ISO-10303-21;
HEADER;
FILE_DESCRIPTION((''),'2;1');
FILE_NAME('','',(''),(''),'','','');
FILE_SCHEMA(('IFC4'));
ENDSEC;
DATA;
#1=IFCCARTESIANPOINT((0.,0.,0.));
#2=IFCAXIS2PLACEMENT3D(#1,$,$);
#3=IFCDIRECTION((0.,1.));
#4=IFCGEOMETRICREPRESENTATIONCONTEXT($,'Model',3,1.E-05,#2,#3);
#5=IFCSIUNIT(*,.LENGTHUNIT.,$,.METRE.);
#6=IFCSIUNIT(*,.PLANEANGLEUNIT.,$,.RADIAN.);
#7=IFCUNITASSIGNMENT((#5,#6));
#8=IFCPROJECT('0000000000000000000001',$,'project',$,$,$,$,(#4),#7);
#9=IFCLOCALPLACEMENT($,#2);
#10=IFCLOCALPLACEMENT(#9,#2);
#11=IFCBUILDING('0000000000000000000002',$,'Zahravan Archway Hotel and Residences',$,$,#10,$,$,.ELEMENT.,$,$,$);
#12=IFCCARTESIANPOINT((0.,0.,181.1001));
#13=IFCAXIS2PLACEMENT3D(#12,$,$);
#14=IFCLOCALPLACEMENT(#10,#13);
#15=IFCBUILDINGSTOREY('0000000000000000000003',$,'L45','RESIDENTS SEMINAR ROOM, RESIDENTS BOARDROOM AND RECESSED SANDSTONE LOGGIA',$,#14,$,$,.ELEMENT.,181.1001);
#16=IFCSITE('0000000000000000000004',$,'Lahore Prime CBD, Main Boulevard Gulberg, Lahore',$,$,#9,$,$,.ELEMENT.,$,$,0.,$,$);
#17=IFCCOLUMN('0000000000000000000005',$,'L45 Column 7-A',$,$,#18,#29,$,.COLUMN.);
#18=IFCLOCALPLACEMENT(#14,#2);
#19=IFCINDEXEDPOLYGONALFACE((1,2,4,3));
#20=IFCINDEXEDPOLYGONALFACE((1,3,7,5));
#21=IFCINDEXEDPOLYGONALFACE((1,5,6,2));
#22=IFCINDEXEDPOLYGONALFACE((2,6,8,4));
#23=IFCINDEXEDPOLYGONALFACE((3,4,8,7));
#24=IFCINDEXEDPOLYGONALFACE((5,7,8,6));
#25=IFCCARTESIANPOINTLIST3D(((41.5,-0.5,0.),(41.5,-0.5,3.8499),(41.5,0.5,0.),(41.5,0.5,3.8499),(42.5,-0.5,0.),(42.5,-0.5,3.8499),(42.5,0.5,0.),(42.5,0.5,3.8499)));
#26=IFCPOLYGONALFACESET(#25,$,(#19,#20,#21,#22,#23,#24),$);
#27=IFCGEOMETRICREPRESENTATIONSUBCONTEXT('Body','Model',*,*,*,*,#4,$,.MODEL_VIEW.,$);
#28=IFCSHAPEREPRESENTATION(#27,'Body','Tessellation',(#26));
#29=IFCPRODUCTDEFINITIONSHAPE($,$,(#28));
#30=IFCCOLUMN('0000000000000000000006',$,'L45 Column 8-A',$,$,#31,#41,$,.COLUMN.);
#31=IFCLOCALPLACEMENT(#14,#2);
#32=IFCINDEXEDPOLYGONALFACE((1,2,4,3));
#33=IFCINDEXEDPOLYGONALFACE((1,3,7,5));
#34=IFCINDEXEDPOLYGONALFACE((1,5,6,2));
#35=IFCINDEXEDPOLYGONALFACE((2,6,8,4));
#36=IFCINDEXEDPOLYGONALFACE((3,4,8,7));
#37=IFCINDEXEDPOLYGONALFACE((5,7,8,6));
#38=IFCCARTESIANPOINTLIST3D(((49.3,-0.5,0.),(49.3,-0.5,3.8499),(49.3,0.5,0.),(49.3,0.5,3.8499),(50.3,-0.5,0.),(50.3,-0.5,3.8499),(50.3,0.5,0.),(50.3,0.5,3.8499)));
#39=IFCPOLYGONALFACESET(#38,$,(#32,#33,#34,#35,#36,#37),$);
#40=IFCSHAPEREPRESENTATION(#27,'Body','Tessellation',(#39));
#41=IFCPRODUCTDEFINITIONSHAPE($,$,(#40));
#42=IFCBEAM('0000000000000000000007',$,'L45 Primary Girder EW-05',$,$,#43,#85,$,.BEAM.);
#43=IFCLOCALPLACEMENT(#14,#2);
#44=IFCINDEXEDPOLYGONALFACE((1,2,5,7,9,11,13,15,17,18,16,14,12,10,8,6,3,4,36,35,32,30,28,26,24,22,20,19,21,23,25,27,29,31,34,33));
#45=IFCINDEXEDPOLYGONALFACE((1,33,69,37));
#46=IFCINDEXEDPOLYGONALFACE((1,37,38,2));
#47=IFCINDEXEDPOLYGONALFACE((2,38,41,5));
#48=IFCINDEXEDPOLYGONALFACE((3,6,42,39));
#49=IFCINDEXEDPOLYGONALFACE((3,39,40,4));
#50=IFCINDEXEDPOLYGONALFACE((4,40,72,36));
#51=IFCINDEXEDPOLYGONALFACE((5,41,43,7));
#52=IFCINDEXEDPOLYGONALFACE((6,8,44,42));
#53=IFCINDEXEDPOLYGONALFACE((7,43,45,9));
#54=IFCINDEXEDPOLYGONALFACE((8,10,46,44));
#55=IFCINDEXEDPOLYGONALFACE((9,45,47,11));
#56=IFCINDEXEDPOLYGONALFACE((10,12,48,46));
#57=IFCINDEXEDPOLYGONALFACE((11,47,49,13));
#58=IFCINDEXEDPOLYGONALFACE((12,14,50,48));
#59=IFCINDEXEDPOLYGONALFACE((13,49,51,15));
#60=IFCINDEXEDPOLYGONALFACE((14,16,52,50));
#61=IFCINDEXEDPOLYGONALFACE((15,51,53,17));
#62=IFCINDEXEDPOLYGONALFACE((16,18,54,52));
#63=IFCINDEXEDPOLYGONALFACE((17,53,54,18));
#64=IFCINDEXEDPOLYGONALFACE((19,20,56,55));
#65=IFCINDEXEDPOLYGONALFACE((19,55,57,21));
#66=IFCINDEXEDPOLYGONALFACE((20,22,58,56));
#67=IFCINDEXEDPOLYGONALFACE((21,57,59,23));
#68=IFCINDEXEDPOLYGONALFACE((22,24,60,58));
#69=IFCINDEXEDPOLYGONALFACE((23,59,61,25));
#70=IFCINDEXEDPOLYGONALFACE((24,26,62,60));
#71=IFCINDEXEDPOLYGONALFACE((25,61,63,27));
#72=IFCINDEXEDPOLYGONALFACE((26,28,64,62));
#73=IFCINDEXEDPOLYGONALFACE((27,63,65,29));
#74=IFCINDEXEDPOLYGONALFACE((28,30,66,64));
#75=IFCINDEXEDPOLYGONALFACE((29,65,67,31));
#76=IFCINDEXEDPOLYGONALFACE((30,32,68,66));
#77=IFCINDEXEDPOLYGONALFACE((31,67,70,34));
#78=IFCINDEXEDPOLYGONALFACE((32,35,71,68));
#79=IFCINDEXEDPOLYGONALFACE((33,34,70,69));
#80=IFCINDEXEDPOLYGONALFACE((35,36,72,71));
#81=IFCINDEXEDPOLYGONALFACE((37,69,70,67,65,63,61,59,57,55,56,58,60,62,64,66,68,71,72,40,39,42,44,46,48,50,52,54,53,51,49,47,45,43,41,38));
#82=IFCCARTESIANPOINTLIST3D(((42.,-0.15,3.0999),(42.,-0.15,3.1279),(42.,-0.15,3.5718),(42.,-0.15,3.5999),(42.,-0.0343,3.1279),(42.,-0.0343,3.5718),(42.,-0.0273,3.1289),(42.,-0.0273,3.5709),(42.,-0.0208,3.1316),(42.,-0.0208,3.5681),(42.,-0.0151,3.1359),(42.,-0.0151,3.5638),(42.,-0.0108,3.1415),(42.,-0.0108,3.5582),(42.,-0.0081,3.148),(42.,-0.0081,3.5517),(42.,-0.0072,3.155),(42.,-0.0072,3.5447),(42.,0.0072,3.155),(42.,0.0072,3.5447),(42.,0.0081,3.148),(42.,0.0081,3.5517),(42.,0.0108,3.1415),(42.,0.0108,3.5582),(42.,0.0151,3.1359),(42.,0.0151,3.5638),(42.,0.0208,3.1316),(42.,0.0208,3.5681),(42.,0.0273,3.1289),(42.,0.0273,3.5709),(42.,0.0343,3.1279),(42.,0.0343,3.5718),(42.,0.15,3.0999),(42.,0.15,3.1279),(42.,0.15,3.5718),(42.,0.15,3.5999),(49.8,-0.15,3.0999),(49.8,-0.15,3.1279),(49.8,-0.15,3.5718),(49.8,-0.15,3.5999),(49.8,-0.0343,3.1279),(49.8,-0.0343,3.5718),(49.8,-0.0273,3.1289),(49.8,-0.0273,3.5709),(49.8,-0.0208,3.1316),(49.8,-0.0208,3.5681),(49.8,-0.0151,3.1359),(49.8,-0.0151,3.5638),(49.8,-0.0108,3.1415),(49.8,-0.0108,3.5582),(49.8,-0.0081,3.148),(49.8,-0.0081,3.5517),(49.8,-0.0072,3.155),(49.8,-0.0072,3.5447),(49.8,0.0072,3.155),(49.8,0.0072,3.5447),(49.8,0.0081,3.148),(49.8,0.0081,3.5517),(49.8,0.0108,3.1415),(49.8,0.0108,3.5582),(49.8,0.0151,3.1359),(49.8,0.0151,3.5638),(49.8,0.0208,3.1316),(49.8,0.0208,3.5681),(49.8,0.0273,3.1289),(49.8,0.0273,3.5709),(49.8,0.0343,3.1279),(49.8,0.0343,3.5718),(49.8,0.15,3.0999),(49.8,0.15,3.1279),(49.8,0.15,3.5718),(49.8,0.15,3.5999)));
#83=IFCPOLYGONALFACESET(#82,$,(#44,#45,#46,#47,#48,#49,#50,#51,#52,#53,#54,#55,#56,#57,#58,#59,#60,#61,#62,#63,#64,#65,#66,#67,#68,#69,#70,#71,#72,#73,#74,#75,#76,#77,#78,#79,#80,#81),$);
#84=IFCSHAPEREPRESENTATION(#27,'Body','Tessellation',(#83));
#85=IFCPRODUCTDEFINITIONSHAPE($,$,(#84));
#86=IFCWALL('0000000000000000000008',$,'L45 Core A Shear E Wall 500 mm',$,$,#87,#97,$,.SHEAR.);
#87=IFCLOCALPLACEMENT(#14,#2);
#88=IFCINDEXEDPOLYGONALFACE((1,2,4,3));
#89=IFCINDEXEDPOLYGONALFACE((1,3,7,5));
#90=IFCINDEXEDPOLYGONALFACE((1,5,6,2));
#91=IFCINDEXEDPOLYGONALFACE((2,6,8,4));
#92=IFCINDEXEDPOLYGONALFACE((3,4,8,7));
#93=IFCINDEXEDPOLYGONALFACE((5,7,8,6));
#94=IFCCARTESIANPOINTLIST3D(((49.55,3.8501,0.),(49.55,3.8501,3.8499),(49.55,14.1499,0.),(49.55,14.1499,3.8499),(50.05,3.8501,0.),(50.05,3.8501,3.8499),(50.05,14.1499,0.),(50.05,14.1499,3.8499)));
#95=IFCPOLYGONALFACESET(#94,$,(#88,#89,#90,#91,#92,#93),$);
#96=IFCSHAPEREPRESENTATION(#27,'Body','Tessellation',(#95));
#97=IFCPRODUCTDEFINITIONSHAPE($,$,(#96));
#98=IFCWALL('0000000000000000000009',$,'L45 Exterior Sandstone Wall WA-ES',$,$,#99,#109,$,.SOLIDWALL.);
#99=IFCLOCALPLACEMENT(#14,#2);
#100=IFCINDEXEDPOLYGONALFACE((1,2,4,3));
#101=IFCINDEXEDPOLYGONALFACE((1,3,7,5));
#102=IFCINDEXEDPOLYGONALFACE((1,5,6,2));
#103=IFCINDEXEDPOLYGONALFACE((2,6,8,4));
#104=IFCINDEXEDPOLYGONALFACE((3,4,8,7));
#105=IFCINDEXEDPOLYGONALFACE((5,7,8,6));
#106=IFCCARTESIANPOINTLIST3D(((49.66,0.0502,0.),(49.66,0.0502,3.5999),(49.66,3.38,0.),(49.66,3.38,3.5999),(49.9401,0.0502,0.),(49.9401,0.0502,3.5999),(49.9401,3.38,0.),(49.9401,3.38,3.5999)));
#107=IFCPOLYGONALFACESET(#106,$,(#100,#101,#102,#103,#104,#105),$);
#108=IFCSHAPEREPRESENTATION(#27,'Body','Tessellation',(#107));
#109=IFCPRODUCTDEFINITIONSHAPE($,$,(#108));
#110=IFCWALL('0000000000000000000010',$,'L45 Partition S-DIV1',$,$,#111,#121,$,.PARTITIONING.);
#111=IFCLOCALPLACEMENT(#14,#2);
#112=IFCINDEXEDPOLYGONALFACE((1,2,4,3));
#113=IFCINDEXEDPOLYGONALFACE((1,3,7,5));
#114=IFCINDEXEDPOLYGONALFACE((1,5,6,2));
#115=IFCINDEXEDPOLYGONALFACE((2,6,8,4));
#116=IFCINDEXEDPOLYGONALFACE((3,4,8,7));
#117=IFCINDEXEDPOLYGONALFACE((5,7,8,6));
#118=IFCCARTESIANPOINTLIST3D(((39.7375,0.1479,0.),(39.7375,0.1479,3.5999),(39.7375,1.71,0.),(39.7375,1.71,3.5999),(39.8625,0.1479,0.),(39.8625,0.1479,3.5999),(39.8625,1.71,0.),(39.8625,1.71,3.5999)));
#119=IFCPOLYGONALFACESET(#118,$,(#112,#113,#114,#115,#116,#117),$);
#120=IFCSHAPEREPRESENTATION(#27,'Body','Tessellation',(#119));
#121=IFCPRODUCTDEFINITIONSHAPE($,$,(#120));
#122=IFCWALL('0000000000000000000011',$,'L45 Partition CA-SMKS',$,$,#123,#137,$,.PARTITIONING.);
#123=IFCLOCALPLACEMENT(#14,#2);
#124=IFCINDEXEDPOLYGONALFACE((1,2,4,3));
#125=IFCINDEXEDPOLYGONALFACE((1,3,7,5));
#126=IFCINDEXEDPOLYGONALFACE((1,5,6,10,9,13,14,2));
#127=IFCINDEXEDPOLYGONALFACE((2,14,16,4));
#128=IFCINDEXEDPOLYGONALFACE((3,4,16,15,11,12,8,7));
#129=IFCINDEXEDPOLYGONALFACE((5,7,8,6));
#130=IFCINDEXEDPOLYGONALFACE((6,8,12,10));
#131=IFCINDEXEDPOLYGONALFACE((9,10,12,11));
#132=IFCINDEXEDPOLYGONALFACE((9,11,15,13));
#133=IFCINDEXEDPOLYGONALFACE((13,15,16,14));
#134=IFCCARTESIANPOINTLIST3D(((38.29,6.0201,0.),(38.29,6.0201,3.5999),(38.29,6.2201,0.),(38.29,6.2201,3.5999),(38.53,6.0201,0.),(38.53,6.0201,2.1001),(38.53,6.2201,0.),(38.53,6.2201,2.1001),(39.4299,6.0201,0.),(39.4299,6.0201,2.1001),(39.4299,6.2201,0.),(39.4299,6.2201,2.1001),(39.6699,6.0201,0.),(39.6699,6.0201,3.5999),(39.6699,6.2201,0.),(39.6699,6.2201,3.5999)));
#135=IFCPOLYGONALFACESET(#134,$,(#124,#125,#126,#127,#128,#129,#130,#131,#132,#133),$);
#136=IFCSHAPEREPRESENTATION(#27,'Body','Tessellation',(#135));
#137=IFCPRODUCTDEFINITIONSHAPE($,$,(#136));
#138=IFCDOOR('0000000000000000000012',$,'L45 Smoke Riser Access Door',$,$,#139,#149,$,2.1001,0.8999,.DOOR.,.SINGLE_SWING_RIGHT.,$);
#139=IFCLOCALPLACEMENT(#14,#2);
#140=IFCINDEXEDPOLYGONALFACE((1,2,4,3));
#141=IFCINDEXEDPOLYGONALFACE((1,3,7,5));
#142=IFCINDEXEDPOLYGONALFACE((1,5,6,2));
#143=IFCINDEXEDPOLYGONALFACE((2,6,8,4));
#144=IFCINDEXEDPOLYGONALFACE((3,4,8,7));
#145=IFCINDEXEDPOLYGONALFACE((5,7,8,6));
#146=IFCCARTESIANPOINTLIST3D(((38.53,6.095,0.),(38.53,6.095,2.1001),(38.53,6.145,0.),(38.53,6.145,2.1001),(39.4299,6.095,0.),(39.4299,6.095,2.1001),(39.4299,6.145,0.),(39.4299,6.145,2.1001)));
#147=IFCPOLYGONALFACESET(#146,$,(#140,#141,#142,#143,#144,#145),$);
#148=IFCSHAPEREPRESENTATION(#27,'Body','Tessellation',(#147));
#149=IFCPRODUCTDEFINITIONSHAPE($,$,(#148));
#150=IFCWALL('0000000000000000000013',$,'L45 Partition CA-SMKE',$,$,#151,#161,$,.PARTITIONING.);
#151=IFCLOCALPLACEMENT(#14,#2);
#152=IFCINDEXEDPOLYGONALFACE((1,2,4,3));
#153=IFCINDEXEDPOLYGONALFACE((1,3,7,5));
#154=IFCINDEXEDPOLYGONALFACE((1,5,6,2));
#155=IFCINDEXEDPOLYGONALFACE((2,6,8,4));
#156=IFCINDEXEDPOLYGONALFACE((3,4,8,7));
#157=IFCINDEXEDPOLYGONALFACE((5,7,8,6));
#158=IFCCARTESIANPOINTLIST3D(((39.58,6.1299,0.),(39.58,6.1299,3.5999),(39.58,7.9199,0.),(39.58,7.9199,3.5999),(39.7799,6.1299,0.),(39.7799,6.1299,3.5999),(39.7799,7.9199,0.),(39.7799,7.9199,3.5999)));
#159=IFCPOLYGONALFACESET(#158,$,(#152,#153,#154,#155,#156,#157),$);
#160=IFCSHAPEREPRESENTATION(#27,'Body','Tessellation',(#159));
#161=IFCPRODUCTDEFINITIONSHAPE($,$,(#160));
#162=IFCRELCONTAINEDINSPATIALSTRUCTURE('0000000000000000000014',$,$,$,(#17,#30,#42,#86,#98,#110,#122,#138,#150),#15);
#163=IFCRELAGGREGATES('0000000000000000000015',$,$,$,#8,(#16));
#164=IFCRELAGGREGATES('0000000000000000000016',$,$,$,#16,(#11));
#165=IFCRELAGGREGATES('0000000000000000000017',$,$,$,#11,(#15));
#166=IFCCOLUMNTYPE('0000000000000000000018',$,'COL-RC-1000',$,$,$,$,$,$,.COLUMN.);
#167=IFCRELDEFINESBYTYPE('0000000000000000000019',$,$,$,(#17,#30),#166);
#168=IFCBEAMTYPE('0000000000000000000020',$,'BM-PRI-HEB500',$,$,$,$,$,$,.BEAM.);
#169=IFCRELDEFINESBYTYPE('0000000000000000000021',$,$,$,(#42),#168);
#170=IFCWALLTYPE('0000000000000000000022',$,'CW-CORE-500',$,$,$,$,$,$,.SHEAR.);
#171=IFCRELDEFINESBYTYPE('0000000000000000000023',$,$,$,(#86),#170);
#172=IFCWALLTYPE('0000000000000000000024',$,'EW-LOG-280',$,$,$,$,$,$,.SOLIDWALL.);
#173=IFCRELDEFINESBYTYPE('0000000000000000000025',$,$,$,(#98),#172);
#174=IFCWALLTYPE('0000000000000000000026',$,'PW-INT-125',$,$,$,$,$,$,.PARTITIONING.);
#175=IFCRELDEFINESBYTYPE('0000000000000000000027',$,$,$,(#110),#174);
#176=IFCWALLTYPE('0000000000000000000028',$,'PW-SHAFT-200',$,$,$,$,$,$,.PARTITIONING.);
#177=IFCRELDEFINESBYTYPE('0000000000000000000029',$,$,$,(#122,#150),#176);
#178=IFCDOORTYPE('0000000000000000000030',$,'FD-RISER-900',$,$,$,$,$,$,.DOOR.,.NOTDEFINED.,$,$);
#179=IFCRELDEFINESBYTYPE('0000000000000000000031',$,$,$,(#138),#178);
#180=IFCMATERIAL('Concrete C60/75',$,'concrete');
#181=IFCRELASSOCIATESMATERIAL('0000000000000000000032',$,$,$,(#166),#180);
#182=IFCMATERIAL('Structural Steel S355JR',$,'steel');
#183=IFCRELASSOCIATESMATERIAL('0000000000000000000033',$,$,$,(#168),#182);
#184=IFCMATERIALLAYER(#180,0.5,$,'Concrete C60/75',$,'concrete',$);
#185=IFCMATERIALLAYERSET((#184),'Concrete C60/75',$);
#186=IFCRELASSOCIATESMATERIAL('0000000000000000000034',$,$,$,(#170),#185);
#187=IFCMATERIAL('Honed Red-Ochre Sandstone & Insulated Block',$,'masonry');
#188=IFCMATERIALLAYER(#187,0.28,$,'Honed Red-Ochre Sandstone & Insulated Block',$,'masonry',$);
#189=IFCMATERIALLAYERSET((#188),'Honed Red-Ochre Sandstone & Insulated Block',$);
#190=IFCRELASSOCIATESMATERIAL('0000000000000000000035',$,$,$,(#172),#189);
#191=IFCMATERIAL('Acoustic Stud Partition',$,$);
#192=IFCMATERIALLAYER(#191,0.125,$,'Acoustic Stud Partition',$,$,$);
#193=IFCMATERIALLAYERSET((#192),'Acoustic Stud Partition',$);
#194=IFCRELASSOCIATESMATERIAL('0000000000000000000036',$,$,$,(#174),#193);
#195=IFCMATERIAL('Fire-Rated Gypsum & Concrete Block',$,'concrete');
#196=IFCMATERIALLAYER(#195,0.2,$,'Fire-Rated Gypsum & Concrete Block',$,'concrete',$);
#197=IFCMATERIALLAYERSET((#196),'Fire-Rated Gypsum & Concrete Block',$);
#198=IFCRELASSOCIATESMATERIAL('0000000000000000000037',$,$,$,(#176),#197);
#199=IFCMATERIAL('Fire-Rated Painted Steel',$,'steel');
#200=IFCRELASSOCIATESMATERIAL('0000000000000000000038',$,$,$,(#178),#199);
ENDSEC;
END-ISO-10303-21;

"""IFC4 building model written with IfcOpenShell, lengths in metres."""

from ifc_helpers import new_model, si_unit, direction, frame, frame_2d, origin, origin_2d, place, context, subcontext, project, spatial, rectangle, i_section, extrude, source, transform, mapped, material, layer, layer_set, material_profile, profile_set, type_object, type_shapes, element, fill, save


model = new_model("IFC4")

# Units and contexts
model_context = context("Model", 3, precision=1e-05, world=origin(), true_north=direction((0.0, 1.0)))
body_context = subcontext(model_context, "Body", "Model", "MODEL_VIEW")
ifc_project = project(units=[si_unit("LENGTHUNIT", "METRE"), si_unit("PLANEANGLEUNIT", "RADIAN")], contexts=[model_context])

# Site, building, storey
site_placement = place(None, origin())
site = spatial("IfcSite", under=ifc_project, at=site_placement, Name="Lahore Prime CBD, Main Boulevard Gulberg, Lahore", CompositionType="ELEMENT", RefElevation=0.0)
building_placement = place(site_placement, origin())
building = spatial("IfcBuilding", under=site, at=building_placement, Name="Zahravan Archway Hotel and Residences", CompositionType="ELEMENT")
storey_placement = place(building_placement, frame((0.0, 0.0, 181.1001)))
storey = spatial("IfcBuildingStorey", under=building, at=storey_placement, Name="L45", Description="RESIDENTS SEMINAR ROOM, RESIDENTS BOARDROOM AND RECESSED SANDSTONE LOGGIA", CompositionType="ELEMENT", Elevation=181.1001)

# Columns
ifc_material_1 = material(Name="Concrete C60/75", Category="concrete")
ifc_material_profile_1 = material_profile(ifc_material_1, rectangle(XDim=1.0, YDim=1.0, at=origin_2d()), Name="RC-COL-1000x1000", Category="concrete")
ifc_profile_set_1 = profile_set([ifc_material_profile_1], Name="Concrete C60/75")
column_type = type_object("IfcColumnType", Name="COL-RC-1000", PredefinedType="COLUMN", material=ifc_profile_set_1)
shared_shape_1 = source(origin(), body_context, "Body", "SweptSolid", [
    extrude(rectangle(XDim=1.0, YDim=1.0, at=origin_2d()), origin(), (0.0, 0.0, 1.0), 3.8499),
])
for number, where, z_axis, x_axis, name in (
    (1, (42.0, 0.0, 0.0), (0.0, 0.0, 1.0), (1.0, 0.0, 0.0), "L45 Column 7-A"),
    (2, (49.8, 0.0, 0.0), (0.0, 0.0, 1.0), (1.0, 0.0, 0.0), "L45 Column 8-A"),
):
    element("IfcColumn", number, at=place(storey_placement, frame(where, z_axis=z_axis, x_axis=x_axis)), inside=storey, type_object=column_type, Name=name, PredefinedType="COLUMN", context=body_context, shape_type="MappedRepresentation", body=[
        mapped(shared_shape_1, transform((0.0, 0.0, 0.0), scale=1.0)),
    ])

# Beam
ifc_material_2 = material(Name="Structural Steel S355JR", Category="steel")
ifc_material_profile_2 = material_profile(ifc_material_2, i_section(OverallWidth=0.3, OverallDepth=0.5, WebThickness=0.0144, FlangeThickness=0.0281, FilletRadius=0.0271, at=origin_2d()), Name="HEB 500", Category="steel")
ifc_profile_set_2 = profile_set([ifc_material_profile_2], Name="Structural Steel S355JR")
beam_type = type_object("IfcBeamType", Name="BM-PRI-HEB500", PredefinedType="BEAM", material=ifc_profile_set_2)
shared_shape_2 = source(origin(), body_context, "Body", "SweptSolid", [
    extrude(i_section(OverallWidth=0.3, OverallDepth=0.5, WebThickness=0.0144, FlangeThickness=0.0281, FilletRadius=0.0271, at=origin_2d()), origin(), (0.0, 0.0, 1.0), 7.8),
])
beam_placement = place(storey_placement, frame((42.0, 0.0, 3.3499), z_axis=(1.0, 0.0, 0.0), x_axis=(0.0, 1.0, 0.0)))
element("IfcBeam", 3, at=beam_placement, inside=storey, type_object=beam_type, Name="L45 Primary Girder EW-05", PredefinedType="BEAM", context=body_context, shape_type="MappedRepresentation", body=[
    mapped(shared_shape_2, transform((0.0, 0.0, 0.0), scale=1.0)),
])

# Walls
ifc_layer_1 = layer(ifc_material_1, 0.5, Name="Concrete C60/75", Category="concrete")
ifc_layer_set_1 = layer_set([ifc_layer_1], Name="Concrete C60/75")
wall_type_1 = type_object("IfcWallType", Name="CW-CORE-500", PredefinedType="SHEAR", material=ifc_layer_set_1)
wall_1_placement = place(storey_placement, frame((49.8, 3.8501, 0.0), z_axis=(0.0, 0.0, 1.0), x_axis=(0.0, 1.0, 0.0)))
element("IfcWall", 4, at=wall_1_placement, inside=storey, type_object=wall_type_1, Name="L45 Core A Shear E Wall 500 mm", PredefinedType="SHEAR", context=body_context, shape_type="SweptSolid", body=[
    extrude(rectangle(XDim=10.2998, YDim=0.5, at=frame_2d((5.1499, 0.0))), origin(), (0.0, 0.0, 1.0), 3.8499),
])
ifc_material_3 = material(Name="Honed Red-Ochre Sandstone & Insulated Block", Category="masonry")
ifc_layer_2 = layer(ifc_material_3, 0.28, Name="Honed Red-Ochre Sandstone & Insulated Block", Category="masonry")
ifc_layer_set_2 = layer_set([ifc_layer_2], Name="Honed Red-Ochre Sandstone & Insulated Block")
wall_type_2 = type_object("IfcWallType", Name="EW-LOG-280", PredefinedType="SOLIDWALL", material=ifc_layer_set_2)
wall_2_placement = place(storey_placement, frame((49.8, 0.05, 0.0), z_axis=(0.0, 0.0, 1.0), x_axis=(0.0, 1.0, 0.0)))
element("IfcWall", 5, at=wall_2_placement, inside=storey, type_object=wall_type_2, Name="L45 Exterior Sandstone Wall WA-ES", PredefinedType="SOLIDWALL", context=body_context, shape_type="SweptSolid", body=[
    extrude(rectangle(XDim=3.3298, YDim=0.28, at=frame_2d((1.665, 0.0))), origin(), (0.0, 0.0, 1.0), 3.5999),
])
ifc_material_4 = material(Name="Acoustic Stud Partition")
ifc_layer_3 = layer(ifc_material_4, 0.125, Name="Acoustic Stud Partition")
ifc_layer_set_3 = layer_set([ifc_layer_3], Name="Acoustic Stud Partition")
wall_type_3 = type_object("IfcWallType", Name="PW-INT-125", PredefinedType="PARTITIONING", material=ifc_layer_set_3)
wall_3_placement = place(storey_placement, frame((39.8, 0.1479, 0.0), z_axis=(0.0, 0.0, 1.0), x_axis=(0.0, 1.0, 0.0)))
element("IfcWall", 6, at=wall_3_placement, inside=storey, type_object=wall_type_3, Name="L45 Partition S-DIV1", PredefinedType="PARTITIONING", context=body_context, shape_type="SweptSolid", body=[
    extrude(rectangle(XDim=1.562, YDim=0.125, at=frame_2d((0.781, 0.0))), origin(), (0.0, 0.0, 1.0), 3.5999),
])

# Wall, opening, door
ifc_material_5 = material(Name="Fire-Rated Gypsum & Concrete Block", Category="concrete")
ifc_layer_4 = layer(ifc_material_5, 0.2, Name="Fire-Rated Gypsum & Concrete Block", Category="concrete")
ifc_layer_set_4 = layer_set([ifc_layer_4], Name="Fire-Rated Gypsum & Concrete Block")
wall_type_4 = type_object("IfcWallType", Name="PW-SHAFT-200", PredefinedType="PARTITIONING", material=ifc_layer_set_4)
wall_4_placement = place(storey_placement, frame((38.29, 6.1201, 0.0), z_axis=(0.0, 0.0, 1.0), x_axis=(1.0, 0.0, 0.0)))
wall_4 = element("IfcWall", 7, at=wall_4_placement, inside=storey, type_object=wall_type_4, Name="L45 Partition CA-SMKS", PredefinedType="PARTITIONING", context=body_context, shape_type="SweptSolid", body=[
    extrude(rectangle(XDim=1.3799, YDim=0.2, at=frame_2d((0.6899, 0.0))), origin(), (0.0, 0.0, 1.0), 3.5999),
])
opening_1_placement = place(wall_4_placement, frame((0.24, 0.0, 0.0)))
opening_1 = element("IfcOpeningElement", 8, at=opening_1_placement, cuts=wall_4, PredefinedType="OPENING", context=body_context, shape_type="SweptSolid", body=[
    extrude(rectangle(XDim=0.8999, YDim=2.1001, at=frame_2d((0.45, 1.05))), frame((0.0, 0.1099, 0.0), z_axis=(0.0, -1.0, 0.0), x_axis=(1.0, 0.0, 0.0)), (0.0, 0.0, 1.0), 0.22),
])
ifc_material_6 = material(Name="Fire-Rated Painted Steel", Category="steel")
door_type = type_object("IfcDoorType", Name="FD-RISER-900", OperationType="NOTDEFINED", PredefinedType="DOOR", material=ifc_material_6)
shared_shape_3 = source(origin(), body_context, "Body", "SweptSolid", [
    extrude(rectangle(XDim=0.8999, YDim=2.1001, at=frame_2d((0.45, 1.05))), frame((0.0, 0.0249, 0.0), z_axis=(0.0, -1.0, 0.0), x_axis=(1.0, 0.0, 0.0)), (0.0, 0.0, 1.0), 0.05),
])
type_shapes(door_type, [shared_shape_3])
door_1_placement = place(opening_1_placement, origin())
door_1 = element("IfcDoor", 9, at=door_1_placement, inside=storey, type_object=door_type, Name="L45 Smoke Riser Access Door", OperationType="SINGLE_SWING_RIGHT", OverallHeight=2.1001, OverallWidth=0.8999, PredefinedType="DOOR", context=body_context, shape_type="MappedRepresentation", body=[
    mapped(shared_shape_3, transform((0.0, 0.0, 0.0), scale=1.0)),
])
fill(opening_1, door_1)

# Wall
wall_5_placement = place(storey_placement, frame((39.6799, 6.1299, 0.0), z_axis=(0.0, 0.0, 1.0), x_axis=(0.0, 1.0, 0.0)))
element("IfcWall", 10, at=wall_5_placement, inside=storey, type_object=wall_type_4, Name="L45 Partition CA-SMKE", PredefinedType="PARTITIONING", context=body_context, shape_type="SweptSolid", body=[
    extrude(rectangle(XDim=1.79, YDim=0.2, at=frame_2d((0.895, 0.0))), origin(), (0.0, 0.0, 1.0), 3.5999),
])

save(model, "model.ifc")
